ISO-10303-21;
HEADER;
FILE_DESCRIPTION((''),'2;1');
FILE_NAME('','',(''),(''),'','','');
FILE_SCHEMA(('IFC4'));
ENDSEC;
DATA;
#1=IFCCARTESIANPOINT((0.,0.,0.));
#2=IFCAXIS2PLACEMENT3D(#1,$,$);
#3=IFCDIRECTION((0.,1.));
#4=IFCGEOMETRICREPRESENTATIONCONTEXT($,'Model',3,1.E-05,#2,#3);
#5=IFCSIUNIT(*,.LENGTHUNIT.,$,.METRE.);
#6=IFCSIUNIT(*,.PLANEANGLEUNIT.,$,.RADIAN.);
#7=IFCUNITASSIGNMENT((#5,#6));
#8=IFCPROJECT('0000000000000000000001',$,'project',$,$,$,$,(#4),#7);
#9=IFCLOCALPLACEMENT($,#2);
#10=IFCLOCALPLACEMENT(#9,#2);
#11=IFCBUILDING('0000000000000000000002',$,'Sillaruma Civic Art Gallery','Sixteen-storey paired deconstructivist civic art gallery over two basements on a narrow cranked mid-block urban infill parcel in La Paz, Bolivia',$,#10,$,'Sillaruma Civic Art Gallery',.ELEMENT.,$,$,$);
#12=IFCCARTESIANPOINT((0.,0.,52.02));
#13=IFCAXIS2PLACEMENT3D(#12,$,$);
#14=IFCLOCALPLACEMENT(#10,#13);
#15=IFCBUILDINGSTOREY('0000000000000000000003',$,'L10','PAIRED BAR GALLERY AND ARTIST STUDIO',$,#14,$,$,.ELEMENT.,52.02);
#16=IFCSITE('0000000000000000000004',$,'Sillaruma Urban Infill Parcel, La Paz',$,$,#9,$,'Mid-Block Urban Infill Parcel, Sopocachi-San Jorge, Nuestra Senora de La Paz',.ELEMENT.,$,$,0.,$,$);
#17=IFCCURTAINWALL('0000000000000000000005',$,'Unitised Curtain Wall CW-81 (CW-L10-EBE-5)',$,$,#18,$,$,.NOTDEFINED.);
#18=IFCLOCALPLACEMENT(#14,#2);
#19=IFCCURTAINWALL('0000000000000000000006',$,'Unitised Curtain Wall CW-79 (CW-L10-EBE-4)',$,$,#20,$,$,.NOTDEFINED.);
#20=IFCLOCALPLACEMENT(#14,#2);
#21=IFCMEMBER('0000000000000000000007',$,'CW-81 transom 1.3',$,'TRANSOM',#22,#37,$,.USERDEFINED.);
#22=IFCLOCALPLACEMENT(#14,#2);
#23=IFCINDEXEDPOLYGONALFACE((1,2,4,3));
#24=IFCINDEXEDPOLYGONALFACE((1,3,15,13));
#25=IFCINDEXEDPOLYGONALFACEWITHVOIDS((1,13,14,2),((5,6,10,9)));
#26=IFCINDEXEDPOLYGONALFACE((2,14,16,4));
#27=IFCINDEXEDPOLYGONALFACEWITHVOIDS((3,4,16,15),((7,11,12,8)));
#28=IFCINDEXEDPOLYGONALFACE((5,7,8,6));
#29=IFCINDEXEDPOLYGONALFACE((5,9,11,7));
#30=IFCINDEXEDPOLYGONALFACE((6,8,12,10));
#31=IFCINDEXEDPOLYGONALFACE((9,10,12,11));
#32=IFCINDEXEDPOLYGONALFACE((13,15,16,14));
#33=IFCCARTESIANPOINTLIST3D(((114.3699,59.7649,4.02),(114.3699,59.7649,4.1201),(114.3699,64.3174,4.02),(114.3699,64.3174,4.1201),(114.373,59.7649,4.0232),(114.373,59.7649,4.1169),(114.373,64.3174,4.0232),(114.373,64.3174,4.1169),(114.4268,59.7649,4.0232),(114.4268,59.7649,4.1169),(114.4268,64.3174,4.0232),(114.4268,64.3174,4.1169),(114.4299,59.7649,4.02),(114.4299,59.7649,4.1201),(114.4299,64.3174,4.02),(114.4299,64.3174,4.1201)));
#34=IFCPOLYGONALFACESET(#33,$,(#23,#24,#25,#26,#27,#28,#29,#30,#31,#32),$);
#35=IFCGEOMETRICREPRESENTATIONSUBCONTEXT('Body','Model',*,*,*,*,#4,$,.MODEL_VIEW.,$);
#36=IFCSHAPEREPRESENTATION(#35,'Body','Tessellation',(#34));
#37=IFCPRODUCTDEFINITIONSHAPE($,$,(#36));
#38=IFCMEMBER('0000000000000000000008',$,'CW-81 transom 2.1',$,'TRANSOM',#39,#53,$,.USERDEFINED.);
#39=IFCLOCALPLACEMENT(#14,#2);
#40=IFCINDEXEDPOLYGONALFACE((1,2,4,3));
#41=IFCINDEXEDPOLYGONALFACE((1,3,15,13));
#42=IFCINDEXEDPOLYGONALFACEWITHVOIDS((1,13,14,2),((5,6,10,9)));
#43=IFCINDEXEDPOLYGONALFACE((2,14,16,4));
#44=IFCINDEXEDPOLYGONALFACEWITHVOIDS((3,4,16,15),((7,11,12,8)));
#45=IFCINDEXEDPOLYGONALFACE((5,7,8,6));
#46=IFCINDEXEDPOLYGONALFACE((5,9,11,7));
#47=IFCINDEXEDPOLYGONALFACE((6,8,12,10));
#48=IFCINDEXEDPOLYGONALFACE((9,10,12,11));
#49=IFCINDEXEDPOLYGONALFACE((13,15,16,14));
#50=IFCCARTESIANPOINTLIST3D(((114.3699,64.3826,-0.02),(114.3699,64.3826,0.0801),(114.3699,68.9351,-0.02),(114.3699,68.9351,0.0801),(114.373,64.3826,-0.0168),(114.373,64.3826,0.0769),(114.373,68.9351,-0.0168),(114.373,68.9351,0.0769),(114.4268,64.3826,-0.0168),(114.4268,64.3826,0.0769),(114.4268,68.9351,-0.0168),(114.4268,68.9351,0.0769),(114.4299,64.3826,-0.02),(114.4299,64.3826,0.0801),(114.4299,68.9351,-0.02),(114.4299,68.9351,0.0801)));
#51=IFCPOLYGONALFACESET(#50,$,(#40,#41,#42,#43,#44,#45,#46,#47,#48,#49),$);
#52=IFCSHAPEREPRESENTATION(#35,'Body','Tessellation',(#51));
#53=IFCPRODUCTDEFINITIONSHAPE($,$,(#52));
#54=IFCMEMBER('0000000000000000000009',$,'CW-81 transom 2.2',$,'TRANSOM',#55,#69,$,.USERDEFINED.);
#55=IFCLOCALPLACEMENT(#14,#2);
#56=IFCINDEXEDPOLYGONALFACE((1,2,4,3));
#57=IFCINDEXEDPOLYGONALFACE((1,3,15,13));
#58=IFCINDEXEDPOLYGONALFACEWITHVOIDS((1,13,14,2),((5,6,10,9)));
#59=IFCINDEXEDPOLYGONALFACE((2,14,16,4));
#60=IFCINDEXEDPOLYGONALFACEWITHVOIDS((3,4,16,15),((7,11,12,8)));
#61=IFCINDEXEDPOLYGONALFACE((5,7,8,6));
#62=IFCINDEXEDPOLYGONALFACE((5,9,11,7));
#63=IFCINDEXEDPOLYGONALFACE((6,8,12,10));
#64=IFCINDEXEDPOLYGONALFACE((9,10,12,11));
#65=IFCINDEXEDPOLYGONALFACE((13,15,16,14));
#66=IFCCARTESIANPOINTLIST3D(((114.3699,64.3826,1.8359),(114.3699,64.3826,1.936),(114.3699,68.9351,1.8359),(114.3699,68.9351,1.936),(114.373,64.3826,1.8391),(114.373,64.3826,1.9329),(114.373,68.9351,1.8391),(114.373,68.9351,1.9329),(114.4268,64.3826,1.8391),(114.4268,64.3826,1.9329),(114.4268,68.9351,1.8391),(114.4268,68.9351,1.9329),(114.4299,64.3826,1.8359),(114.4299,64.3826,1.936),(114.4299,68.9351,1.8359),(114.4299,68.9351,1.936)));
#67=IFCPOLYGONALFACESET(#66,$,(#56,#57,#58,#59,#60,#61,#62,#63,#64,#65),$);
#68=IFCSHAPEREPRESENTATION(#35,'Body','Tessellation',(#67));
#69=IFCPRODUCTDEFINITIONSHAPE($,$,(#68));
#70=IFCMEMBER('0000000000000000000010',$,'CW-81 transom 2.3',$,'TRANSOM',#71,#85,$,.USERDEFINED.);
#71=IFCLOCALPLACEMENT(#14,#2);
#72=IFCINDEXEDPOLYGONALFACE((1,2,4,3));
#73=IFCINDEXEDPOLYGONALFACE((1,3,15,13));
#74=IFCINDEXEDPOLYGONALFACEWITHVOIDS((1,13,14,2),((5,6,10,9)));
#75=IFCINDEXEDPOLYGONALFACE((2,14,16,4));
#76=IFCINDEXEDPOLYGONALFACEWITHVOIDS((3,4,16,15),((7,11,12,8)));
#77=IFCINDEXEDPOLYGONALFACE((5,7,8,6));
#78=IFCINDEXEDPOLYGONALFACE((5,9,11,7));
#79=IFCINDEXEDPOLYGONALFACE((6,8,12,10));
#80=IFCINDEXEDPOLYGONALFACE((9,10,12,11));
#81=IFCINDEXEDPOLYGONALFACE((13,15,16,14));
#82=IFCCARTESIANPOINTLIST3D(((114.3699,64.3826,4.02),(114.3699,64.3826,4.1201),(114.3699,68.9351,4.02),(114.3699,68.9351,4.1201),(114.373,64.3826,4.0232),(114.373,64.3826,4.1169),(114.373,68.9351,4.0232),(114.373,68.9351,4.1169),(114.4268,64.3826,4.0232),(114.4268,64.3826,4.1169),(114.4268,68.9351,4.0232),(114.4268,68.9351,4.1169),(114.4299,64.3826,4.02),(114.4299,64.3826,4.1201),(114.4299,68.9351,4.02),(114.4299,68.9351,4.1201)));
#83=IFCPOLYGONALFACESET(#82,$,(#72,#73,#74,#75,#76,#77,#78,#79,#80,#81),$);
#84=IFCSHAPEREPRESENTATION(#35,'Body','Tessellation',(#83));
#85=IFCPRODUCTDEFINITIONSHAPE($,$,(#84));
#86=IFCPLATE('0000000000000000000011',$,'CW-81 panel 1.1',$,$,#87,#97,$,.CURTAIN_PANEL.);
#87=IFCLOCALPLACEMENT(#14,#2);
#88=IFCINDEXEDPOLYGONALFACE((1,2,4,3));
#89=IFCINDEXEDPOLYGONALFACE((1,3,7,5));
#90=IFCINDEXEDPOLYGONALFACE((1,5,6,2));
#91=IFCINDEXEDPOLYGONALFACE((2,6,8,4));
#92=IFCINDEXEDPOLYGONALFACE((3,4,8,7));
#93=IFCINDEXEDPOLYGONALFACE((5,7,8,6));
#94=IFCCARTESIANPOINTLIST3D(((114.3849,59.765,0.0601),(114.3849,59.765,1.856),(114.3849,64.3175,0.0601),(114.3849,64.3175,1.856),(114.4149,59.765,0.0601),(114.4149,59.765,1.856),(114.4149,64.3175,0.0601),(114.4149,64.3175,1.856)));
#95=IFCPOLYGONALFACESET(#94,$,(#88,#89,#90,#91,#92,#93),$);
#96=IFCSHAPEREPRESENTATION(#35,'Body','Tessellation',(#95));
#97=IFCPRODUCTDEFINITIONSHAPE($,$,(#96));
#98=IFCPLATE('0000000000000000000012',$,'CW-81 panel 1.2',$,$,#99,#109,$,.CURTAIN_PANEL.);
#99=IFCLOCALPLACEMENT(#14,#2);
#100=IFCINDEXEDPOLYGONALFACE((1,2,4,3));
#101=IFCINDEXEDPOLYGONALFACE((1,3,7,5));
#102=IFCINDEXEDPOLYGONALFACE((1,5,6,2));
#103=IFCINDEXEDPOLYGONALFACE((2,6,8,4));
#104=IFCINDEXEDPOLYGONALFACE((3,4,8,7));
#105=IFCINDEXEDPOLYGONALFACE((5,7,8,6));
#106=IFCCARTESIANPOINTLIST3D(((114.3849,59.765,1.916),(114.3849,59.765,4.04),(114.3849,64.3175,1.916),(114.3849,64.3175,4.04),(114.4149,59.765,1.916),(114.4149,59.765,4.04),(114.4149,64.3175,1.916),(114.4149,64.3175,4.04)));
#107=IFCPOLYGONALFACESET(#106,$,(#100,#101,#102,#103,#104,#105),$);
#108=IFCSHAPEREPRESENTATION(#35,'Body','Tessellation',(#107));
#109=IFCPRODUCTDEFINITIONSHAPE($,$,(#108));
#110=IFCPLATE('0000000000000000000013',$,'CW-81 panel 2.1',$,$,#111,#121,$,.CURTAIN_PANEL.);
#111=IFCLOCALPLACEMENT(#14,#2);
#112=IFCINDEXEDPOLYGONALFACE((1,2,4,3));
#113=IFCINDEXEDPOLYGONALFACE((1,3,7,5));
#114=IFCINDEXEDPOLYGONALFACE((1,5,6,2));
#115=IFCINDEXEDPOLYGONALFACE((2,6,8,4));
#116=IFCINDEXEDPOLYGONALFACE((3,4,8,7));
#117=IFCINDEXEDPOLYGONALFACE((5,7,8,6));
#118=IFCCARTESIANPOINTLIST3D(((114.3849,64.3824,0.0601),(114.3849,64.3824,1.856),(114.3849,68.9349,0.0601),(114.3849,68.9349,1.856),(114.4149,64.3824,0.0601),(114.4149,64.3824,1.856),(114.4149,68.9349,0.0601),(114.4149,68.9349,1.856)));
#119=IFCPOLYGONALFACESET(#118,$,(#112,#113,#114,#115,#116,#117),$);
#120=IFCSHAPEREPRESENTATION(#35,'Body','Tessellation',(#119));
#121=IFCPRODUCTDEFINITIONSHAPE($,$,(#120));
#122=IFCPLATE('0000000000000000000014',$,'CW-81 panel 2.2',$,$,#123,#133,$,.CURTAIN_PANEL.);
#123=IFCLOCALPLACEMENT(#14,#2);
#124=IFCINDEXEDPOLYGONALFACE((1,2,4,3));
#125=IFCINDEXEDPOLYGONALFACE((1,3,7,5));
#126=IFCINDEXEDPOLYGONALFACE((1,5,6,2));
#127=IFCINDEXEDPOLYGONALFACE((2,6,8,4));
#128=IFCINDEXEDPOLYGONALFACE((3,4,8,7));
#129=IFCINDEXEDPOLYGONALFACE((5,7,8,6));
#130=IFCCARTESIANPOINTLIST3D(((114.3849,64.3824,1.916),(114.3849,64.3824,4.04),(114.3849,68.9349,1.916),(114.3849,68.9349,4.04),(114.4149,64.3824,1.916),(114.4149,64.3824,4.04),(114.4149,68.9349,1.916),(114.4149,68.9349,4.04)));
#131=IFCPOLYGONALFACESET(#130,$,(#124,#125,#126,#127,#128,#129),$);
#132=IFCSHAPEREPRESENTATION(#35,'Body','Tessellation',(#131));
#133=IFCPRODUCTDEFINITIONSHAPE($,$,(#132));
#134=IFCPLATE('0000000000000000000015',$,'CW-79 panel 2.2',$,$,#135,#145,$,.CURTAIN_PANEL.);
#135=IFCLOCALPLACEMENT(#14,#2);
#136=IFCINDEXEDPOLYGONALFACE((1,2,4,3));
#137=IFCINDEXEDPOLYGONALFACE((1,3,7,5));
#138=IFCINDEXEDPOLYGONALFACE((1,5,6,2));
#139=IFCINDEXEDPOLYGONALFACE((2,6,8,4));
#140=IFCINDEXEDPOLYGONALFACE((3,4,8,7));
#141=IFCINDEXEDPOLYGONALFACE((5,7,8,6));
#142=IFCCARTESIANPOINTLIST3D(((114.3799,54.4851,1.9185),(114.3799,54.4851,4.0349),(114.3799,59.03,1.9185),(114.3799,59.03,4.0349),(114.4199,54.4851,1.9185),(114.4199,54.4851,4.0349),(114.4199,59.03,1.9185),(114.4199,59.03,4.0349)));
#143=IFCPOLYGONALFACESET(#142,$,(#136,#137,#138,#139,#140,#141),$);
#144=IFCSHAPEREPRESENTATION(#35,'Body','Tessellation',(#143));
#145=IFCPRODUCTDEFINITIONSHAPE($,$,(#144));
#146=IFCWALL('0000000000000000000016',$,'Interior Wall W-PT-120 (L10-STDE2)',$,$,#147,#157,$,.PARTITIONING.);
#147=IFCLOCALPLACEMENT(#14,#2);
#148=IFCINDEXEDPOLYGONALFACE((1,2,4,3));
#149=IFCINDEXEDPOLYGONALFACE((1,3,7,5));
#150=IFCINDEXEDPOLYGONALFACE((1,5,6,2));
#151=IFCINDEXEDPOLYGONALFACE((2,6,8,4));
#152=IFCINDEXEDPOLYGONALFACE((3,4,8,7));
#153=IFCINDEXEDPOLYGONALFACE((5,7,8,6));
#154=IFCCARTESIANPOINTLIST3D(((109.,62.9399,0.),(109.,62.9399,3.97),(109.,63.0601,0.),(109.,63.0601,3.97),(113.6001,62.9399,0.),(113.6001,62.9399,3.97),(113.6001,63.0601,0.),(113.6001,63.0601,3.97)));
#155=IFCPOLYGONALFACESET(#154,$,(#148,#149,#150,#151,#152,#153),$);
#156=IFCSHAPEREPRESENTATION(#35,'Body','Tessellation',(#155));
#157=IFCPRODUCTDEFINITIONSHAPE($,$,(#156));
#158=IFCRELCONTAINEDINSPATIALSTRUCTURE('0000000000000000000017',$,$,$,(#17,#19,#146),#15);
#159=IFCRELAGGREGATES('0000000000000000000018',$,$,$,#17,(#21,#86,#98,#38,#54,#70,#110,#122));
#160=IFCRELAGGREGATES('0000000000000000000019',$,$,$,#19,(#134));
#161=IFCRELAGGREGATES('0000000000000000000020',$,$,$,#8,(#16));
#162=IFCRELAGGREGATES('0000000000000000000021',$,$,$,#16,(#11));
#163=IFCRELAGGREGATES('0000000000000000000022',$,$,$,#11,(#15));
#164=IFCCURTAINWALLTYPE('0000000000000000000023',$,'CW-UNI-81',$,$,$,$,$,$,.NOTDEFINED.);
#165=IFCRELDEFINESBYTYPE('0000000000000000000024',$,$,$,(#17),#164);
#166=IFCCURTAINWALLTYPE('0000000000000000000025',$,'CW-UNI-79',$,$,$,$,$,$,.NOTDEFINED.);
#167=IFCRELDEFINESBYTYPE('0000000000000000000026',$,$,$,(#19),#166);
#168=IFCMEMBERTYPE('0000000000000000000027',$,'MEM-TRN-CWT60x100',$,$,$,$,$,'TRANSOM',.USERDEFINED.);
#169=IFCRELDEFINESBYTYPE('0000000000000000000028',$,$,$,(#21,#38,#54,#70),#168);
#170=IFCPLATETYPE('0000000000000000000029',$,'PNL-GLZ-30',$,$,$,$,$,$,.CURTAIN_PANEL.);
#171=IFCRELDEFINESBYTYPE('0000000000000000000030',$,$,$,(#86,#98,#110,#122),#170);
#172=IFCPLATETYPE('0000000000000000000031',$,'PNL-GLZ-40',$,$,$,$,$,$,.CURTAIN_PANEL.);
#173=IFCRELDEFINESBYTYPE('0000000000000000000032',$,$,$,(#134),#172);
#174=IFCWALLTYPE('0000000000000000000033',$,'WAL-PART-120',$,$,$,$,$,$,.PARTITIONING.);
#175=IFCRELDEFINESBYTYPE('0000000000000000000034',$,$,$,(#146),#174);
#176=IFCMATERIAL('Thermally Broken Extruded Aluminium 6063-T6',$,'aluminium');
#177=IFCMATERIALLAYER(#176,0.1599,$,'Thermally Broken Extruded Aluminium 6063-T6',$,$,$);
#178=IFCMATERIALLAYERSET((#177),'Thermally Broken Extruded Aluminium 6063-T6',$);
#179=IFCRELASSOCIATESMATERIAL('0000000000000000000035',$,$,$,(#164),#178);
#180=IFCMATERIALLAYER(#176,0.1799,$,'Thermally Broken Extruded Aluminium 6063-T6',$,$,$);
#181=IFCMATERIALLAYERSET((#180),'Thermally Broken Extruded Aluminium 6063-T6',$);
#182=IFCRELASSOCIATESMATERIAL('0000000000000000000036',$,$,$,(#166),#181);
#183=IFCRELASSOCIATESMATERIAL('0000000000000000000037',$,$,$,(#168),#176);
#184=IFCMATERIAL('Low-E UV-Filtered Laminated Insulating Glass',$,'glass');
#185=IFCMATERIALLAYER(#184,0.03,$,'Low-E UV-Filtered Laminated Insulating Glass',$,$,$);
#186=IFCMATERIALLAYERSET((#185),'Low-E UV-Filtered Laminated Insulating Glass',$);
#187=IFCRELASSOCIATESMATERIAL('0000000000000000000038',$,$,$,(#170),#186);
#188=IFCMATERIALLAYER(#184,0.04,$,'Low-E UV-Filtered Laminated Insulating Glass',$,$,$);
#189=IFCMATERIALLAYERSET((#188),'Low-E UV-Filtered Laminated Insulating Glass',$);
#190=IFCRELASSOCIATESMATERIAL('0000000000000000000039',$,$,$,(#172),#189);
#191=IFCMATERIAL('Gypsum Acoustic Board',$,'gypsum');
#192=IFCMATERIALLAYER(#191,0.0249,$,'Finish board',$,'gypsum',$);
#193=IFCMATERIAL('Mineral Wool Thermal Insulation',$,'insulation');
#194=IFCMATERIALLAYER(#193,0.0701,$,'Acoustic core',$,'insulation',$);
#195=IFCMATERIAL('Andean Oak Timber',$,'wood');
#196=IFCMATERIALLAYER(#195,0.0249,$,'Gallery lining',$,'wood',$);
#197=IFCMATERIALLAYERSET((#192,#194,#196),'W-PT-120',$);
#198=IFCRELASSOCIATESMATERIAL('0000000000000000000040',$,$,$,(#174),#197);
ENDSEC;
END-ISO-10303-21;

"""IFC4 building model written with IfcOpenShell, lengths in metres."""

from ifc_helpers import new_model, si_unit, direction, frame, frame_2d, origin, origin_2d, place, context, subcontext, project, spatial, rectangle, hollow_rectangle, extrude, material, layer, layer_set, material_profile, profile_set, type_object, element, aggregate, save


model = new_model("IFC4")

# Units and contexts
model_context = context("Model", 3, precision=1e-05, world=origin(), true_north=direction((0.0, 1.0)))
body_context = subcontext(model_context, "Body", "Model", "MODEL_VIEW")
ifc_project = project(units=[si_unit("LENGTHUNIT", "METRE"), si_unit("PLANEANGLEUNIT", "RADIAN")], contexts=[model_context])

# Site, building, storey
site_placement = place(None, origin())
site = spatial("IfcSite", under=ifc_project, at=site_placement, Name="Sillaruma Urban Infill Parcel, La Paz", LongName="Mid-Block Urban Infill Parcel, Sopocachi-San Jorge, Nuestra Senora de La Paz", CompositionType="ELEMENT", RefElevation=0.0)
building_placement = place(site_placement, origin())
building = spatial("IfcBuilding", under=site, at=building_placement, Name="Sillaruma Civic Art Gallery", Description="Sixteen-storey paired deconstructivist civic art gallery over two basements on a narrow cranked mid-block urban infill parcel in La Paz, Bolivia", LongName="Sillaruma Civic Art Gallery", CompositionType="ELEMENT")
storey_placement = place(building_placement, frame((0.0, 0.0, 52.02)))
storey = spatial("IfcBuildingStorey", under=building, at=storey_placement, Name="L10", Description="PAIRED BAR GALLERY AND ARTIST STUDIO", CompositionType="ELEMENT", Elevation=52.02)

# Curtain wall
ifc_material_1 = material(Name="Thermally Broken Extruded Aluminium 6063-T6", Category="aluminium")
ifc_layer_1 = layer(ifc_material_1, 0.1599, Name="Thermally Broken Extruded Aluminium 6063-T6")
ifc_layer_set_1 = layer_set([ifc_layer_1], Name="Thermally Broken Extruded Aluminium 6063-T6")
curtain_wall_type_1 = type_object("IfcCurtainWallType", Name="CW-UNI-81", PredefinedType="NOTDEFINED", material=ifc_layer_set_1)
curtain_wall_1_placement = place(storey_placement, origin())
curtain_wall_1 = element("IfcCurtainWall", 1, at=curtain_wall_1_placement, inside=storey, type_object=curtain_wall_type_1, Name="Unitised Curtain Wall CW-81 (CW-L10-EBE-5)", PredefinedType="NOTDEFINED")

# Curtain wall
ifc_layer_2 = layer(ifc_material_1, 0.1799, Name="Thermally Broken Extruded Aluminium 6063-T6")
ifc_layer_set_2 = layer_set([ifc_layer_2], Name="Thermally Broken Extruded Aluminium 6063-T6")
curtain_wall_type_2 = type_object("IfcCurtainWallType", Name="CW-UNI-79", PredefinedType="NOTDEFINED", material=ifc_layer_set_2)
curtain_wall_2_placement = place(storey_placement, origin())
curtain_wall_2 = element("IfcCurtainWall", 2, at=curtain_wall_2_placement, inside=storey, type_object=curtain_wall_type_2, Name="Unitised Curtain Wall CW-79 (CW-L10-EBE-4)", PredefinedType="NOTDEFINED")

# Members
ifc_material_profile_1 = material_profile(ifc_material_1, hollow_rectangle(XDim=0.0601, YDim=0.1001, WallThickness=0.0032, at=origin_2d()), Name="CWT60x100")
ifc_profile_set_1 = profile_set([ifc_material_profile_1], Name="Thermally Broken Extruded Aluminium 6063-T6")
member_type_1 = type_object("IfcMemberType", Name="MEM-TRN-CWT60x100", ElementType="TRANSOM", PredefinedType="USERDEFINED", material=ifc_profile_set_1)
member_1_placement = place(storey_placement, frame((114.3999, 59.7649, 4.0701), z_axis=(0.0, 1.0, 0.0), x_axis=(-1.0, 0.0, 0.0)))
member_1 = element("IfcMember", 3, at=member_1_placement, type_object=member_type_1, Name="CW-81 transom 1.3", ObjectType="TRANSOM", PredefinedType="USERDEFINED", context=body_context, shape_type="SweptSolid", body=[
    extrude(hollow_rectangle(XDim=0.0601, YDim=0.1001, WallThickness=0.0032, at=origin_2d()), origin(), (0.0, 0.0, 1.0), 4.5525),
])
member_2_placement = place(storey_placement, frame((114.3999, 64.3826, 0.03), z_axis=(0.0, 1.0, 0.0), x_axis=(-1.0, 0.0, 0.0)))
member_2 = element("IfcMember", 4, at=member_2_placement, type_object=member_type_1, Name="CW-81 transom 2.1", ObjectType="TRANSOM", PredefinedType="USERDEFINED", context=body_context, shape_type="SweptSolid", body=[
    extrude(hollow_rectangle(XDim=0.0601, YDim=0.1001, WallThickness=0.0032, at=origin_2d()), origin(), (0.0, 0.0, 1.0), 4.5525),
])
member_3_placement = place(storey_placement, frame((114.3999, 64.3826, 1.886), z_axis=(0.0, 1.0, 0.0), x_axis=(-1.0, 0.0, 0.0)))
member_3 = element("IfcMember", 5, at=member_3_placement, type_object=member_type_1, Name="CW-81 transom 2.2", ObjectType="TRANSOM", PredefinedType="USERDEFINED", context=body_context, shape_type="SweptSolid", body=[
    extrude(hollow_rectangle(XDim=0.0601, YDim=0.1001, WallThickness=0.0032, at=origin_2d()), origin(), (0.0, 0.0, 1.0), 4.5525),
])
member_4_placement = place(storey_placement, frame((114.3999, 64.3826, 4.0701), z_axis=(0.0, 1.0, 0.0), x_axis=(-1.0, 0.0, 0.0)))
member_4 = element("IfcMember", 6, at=member_4_placement, type_object=member_type_1, Name="CW-81 transom 2.3", ObjectType="TRANSOM", PredefinedType="USERDEFINED", context=body_context, shape_type="SweptSolid", body=[
    extrude(hollow_rectangle(XDim=0.0601, YDim=0.1001, WallThickness=0.0032, at=origin_2d()), origin(), (0.0, 0.0, 1.0), 4.5525),
])

# Plates
ifc_material_2 = material(Name="Low-E UV-Filtered Laminated Insulating Glass", Category="glass")
ifc_layer_3 = layer(ifc_material_2, 0.03, Name="Low-E UV-Filtered Laminated Insulating Glass")
ifc_layer_set_3 = layer_set([ifc_layer_3], Name="Low-E UV-Filtered Laminated Insulating Glass")
plate_type_1 = type_object("IfcPlateType", Name="PNL-GLZ-30", PredefinedType="CURTAIN_PANEL", material=ifc_layer_set_3)
plate_1_placement = place(storey_placement, frame((114.3999, 62.0413, 0.0601), z_axis=(0.0, 0.0, 1.0), x_axis=(0.0, 1.0, 0.0)))
plate_1 = element("IfcPlate", 7, at=plate_1_placement, type_object=plate_type_1, Name="CW-81 panel 1.1", PredefinedType="CURTAIN_PANEL", context=body_context, shape_type="SweptSolid", body=[
    extrude(rectangle(XDim=4.5525, YDim=0.03, at=origin_2d()), origin(), (0.0, 0.0, 1.0), 1.7959),
])
plate_2_placement = place(storey_placement, frame((114.3999, 62.0413, 1.916), z_axis=(0.0, 0.0, 1.0), x_axis=(0.0, 1.0, 0.0)))
plate_2 = element("IfcPlate", 8, at=plate_2_placement, type_object=plate_type_1, Name="CW-81 panel 1.2", PredefinedType="CURTAIN_PANEL", context=body_context, shape_type="SweptSolid", body=[
    extrude(rectangle(XDim=4.5525, YDim=0.03, at=origin_2d()), origin(), (0.0, 0.0, 1.0), 2.124),
])
plate_3_placement = place(storey_placement, frame((114.3999, 66.6587, 0.0601), z_axis=(0.0, 0.0, 1.0), x_axis=(0.0, 1.0, 0.0)))
plate_3 = element("IfcPlate", 9, at=plate_3_placement, type_object=plate_type_1, Name="CW-81 panel 2.1", PredefinedType="CURTAIN_PANEL", context=body_context, shape_type="SweptSolid", body=[
    extrude(rectangle(XDim=4.5525, YDim=0.03, at=origin_2d()), origin(), (0.0, 0.0, 1.0), 1.7959),
])
plate_4_placement = place(storey_placement, frame((114.3999, 66.6587, 1.916), z_axis=(0.0, 0.0, 1.0), x_axis=(0.0, 1.0, 0.0)))
plate_4 = element("IfcPlate", 10, at=plate_4_placement, type_object=plate_type_1, Name="CW-81 panel 2.2", PredefinedType="CURTAIN_PANEL", context=body_context, shape_type="SweptSolid", body=[
    extrude(rectangle(XDim=4.5525, YDim=0.03, at=origin_2d()), origin(), (0.0, 0.0, 1.0), 2.124),
])
aggregate(curtain_wall_1, [member_1, plate_1, plate_2, member_2, member_3, member_4, plate_3, plate_4])
ifc_layer_4 = layer(ifc_material_2, 0.04, Name="Low-E UV-Filtered Laminated Insulating Glass")
ifc_layer_set_4 = layer_set([ifc_layer_4], Name="Low-E UV-Filtered Laminated Insulating Glass")
plate_type_2 = type_object("IfcPlateType", Name="PNL-GLZ-40", PredefinedType="CURTAIN_PANEL", material=ifc_layer_set_4)
plate_5_placement = place(storey_placement, frame((114.3999, 56.7576, 1.9185), z_axis=(0.0, 0.0, 1.0), x_axis=(0.0, 1.0, 0.0)))
plate_5 = element("IfcPlate", 11, at=plate_5_placement, type_object=plate_type_2, Name="CW-79 panel 2.2", PredefinedType="CURTAIN_PANEL", context=body_context, shape_type="SweptSolid", body=[
    extrude(rectangle(XDim=4.5449, YDim=0.04, at=origin_2d()), origin(), (0.0, 0.0, 1.0), 2.1165),
])
aggregate(curtain_wall_2, [plate_5])

# Wall
ifc_material_3 = material(Name="Gypsum Acoustic Board", Category="gypsum")
ifc_layer_5 = layer(ifc_material_3, 0.0249, Name="Finish board", Category="gypsum")
ifc_material_4 = material(Name="Mineral Wool Thermal Insulation", Category="insulation")
ifc_layer_6 = layer(ifc_material_4, 0.0701, Name="Acoustic core", Category="insulation")
ifc_material_5 = material(Name="Andean Oak Timber", Category="wood")
ifc_layer_7 = layer(ifc_material_5, 0.0249, Name="Gallery lining", Category="wood")
ifc_layer_set_5 = layer_set([ifc_layer_5, ifc_layer_6, ifc_layer_7], Name="W-PT-120")
wall_type = type_object("IfcWallType", Name="WAL-PART-120", PredefinedType="PARTITIONING", material=ifc_layer_set_5)
wall_placement = place(storey_placement, frame((109.0, 63.0, 0.0), z_axis=(0.0, 0.0, 1.0), x_axis=(1.0, 0.0, 0.0)))
element("IfcWall", 12, at=wall_placement, inside=storey, type_object=wall_type, Name="Interior Wall W-PT-120 (L10-STDE2)", PredefinedType="PARTITIONING", context=body_context, shape_type="SweptSolid", body=[
    extrude(rectangle(XDim=4.6001, YDim=0.1201, at=frame_2d((2.3, 0.0))), origin(), (0.0, 0.0, 1.0), 3.97),
])

save(model, "model.ifc")
